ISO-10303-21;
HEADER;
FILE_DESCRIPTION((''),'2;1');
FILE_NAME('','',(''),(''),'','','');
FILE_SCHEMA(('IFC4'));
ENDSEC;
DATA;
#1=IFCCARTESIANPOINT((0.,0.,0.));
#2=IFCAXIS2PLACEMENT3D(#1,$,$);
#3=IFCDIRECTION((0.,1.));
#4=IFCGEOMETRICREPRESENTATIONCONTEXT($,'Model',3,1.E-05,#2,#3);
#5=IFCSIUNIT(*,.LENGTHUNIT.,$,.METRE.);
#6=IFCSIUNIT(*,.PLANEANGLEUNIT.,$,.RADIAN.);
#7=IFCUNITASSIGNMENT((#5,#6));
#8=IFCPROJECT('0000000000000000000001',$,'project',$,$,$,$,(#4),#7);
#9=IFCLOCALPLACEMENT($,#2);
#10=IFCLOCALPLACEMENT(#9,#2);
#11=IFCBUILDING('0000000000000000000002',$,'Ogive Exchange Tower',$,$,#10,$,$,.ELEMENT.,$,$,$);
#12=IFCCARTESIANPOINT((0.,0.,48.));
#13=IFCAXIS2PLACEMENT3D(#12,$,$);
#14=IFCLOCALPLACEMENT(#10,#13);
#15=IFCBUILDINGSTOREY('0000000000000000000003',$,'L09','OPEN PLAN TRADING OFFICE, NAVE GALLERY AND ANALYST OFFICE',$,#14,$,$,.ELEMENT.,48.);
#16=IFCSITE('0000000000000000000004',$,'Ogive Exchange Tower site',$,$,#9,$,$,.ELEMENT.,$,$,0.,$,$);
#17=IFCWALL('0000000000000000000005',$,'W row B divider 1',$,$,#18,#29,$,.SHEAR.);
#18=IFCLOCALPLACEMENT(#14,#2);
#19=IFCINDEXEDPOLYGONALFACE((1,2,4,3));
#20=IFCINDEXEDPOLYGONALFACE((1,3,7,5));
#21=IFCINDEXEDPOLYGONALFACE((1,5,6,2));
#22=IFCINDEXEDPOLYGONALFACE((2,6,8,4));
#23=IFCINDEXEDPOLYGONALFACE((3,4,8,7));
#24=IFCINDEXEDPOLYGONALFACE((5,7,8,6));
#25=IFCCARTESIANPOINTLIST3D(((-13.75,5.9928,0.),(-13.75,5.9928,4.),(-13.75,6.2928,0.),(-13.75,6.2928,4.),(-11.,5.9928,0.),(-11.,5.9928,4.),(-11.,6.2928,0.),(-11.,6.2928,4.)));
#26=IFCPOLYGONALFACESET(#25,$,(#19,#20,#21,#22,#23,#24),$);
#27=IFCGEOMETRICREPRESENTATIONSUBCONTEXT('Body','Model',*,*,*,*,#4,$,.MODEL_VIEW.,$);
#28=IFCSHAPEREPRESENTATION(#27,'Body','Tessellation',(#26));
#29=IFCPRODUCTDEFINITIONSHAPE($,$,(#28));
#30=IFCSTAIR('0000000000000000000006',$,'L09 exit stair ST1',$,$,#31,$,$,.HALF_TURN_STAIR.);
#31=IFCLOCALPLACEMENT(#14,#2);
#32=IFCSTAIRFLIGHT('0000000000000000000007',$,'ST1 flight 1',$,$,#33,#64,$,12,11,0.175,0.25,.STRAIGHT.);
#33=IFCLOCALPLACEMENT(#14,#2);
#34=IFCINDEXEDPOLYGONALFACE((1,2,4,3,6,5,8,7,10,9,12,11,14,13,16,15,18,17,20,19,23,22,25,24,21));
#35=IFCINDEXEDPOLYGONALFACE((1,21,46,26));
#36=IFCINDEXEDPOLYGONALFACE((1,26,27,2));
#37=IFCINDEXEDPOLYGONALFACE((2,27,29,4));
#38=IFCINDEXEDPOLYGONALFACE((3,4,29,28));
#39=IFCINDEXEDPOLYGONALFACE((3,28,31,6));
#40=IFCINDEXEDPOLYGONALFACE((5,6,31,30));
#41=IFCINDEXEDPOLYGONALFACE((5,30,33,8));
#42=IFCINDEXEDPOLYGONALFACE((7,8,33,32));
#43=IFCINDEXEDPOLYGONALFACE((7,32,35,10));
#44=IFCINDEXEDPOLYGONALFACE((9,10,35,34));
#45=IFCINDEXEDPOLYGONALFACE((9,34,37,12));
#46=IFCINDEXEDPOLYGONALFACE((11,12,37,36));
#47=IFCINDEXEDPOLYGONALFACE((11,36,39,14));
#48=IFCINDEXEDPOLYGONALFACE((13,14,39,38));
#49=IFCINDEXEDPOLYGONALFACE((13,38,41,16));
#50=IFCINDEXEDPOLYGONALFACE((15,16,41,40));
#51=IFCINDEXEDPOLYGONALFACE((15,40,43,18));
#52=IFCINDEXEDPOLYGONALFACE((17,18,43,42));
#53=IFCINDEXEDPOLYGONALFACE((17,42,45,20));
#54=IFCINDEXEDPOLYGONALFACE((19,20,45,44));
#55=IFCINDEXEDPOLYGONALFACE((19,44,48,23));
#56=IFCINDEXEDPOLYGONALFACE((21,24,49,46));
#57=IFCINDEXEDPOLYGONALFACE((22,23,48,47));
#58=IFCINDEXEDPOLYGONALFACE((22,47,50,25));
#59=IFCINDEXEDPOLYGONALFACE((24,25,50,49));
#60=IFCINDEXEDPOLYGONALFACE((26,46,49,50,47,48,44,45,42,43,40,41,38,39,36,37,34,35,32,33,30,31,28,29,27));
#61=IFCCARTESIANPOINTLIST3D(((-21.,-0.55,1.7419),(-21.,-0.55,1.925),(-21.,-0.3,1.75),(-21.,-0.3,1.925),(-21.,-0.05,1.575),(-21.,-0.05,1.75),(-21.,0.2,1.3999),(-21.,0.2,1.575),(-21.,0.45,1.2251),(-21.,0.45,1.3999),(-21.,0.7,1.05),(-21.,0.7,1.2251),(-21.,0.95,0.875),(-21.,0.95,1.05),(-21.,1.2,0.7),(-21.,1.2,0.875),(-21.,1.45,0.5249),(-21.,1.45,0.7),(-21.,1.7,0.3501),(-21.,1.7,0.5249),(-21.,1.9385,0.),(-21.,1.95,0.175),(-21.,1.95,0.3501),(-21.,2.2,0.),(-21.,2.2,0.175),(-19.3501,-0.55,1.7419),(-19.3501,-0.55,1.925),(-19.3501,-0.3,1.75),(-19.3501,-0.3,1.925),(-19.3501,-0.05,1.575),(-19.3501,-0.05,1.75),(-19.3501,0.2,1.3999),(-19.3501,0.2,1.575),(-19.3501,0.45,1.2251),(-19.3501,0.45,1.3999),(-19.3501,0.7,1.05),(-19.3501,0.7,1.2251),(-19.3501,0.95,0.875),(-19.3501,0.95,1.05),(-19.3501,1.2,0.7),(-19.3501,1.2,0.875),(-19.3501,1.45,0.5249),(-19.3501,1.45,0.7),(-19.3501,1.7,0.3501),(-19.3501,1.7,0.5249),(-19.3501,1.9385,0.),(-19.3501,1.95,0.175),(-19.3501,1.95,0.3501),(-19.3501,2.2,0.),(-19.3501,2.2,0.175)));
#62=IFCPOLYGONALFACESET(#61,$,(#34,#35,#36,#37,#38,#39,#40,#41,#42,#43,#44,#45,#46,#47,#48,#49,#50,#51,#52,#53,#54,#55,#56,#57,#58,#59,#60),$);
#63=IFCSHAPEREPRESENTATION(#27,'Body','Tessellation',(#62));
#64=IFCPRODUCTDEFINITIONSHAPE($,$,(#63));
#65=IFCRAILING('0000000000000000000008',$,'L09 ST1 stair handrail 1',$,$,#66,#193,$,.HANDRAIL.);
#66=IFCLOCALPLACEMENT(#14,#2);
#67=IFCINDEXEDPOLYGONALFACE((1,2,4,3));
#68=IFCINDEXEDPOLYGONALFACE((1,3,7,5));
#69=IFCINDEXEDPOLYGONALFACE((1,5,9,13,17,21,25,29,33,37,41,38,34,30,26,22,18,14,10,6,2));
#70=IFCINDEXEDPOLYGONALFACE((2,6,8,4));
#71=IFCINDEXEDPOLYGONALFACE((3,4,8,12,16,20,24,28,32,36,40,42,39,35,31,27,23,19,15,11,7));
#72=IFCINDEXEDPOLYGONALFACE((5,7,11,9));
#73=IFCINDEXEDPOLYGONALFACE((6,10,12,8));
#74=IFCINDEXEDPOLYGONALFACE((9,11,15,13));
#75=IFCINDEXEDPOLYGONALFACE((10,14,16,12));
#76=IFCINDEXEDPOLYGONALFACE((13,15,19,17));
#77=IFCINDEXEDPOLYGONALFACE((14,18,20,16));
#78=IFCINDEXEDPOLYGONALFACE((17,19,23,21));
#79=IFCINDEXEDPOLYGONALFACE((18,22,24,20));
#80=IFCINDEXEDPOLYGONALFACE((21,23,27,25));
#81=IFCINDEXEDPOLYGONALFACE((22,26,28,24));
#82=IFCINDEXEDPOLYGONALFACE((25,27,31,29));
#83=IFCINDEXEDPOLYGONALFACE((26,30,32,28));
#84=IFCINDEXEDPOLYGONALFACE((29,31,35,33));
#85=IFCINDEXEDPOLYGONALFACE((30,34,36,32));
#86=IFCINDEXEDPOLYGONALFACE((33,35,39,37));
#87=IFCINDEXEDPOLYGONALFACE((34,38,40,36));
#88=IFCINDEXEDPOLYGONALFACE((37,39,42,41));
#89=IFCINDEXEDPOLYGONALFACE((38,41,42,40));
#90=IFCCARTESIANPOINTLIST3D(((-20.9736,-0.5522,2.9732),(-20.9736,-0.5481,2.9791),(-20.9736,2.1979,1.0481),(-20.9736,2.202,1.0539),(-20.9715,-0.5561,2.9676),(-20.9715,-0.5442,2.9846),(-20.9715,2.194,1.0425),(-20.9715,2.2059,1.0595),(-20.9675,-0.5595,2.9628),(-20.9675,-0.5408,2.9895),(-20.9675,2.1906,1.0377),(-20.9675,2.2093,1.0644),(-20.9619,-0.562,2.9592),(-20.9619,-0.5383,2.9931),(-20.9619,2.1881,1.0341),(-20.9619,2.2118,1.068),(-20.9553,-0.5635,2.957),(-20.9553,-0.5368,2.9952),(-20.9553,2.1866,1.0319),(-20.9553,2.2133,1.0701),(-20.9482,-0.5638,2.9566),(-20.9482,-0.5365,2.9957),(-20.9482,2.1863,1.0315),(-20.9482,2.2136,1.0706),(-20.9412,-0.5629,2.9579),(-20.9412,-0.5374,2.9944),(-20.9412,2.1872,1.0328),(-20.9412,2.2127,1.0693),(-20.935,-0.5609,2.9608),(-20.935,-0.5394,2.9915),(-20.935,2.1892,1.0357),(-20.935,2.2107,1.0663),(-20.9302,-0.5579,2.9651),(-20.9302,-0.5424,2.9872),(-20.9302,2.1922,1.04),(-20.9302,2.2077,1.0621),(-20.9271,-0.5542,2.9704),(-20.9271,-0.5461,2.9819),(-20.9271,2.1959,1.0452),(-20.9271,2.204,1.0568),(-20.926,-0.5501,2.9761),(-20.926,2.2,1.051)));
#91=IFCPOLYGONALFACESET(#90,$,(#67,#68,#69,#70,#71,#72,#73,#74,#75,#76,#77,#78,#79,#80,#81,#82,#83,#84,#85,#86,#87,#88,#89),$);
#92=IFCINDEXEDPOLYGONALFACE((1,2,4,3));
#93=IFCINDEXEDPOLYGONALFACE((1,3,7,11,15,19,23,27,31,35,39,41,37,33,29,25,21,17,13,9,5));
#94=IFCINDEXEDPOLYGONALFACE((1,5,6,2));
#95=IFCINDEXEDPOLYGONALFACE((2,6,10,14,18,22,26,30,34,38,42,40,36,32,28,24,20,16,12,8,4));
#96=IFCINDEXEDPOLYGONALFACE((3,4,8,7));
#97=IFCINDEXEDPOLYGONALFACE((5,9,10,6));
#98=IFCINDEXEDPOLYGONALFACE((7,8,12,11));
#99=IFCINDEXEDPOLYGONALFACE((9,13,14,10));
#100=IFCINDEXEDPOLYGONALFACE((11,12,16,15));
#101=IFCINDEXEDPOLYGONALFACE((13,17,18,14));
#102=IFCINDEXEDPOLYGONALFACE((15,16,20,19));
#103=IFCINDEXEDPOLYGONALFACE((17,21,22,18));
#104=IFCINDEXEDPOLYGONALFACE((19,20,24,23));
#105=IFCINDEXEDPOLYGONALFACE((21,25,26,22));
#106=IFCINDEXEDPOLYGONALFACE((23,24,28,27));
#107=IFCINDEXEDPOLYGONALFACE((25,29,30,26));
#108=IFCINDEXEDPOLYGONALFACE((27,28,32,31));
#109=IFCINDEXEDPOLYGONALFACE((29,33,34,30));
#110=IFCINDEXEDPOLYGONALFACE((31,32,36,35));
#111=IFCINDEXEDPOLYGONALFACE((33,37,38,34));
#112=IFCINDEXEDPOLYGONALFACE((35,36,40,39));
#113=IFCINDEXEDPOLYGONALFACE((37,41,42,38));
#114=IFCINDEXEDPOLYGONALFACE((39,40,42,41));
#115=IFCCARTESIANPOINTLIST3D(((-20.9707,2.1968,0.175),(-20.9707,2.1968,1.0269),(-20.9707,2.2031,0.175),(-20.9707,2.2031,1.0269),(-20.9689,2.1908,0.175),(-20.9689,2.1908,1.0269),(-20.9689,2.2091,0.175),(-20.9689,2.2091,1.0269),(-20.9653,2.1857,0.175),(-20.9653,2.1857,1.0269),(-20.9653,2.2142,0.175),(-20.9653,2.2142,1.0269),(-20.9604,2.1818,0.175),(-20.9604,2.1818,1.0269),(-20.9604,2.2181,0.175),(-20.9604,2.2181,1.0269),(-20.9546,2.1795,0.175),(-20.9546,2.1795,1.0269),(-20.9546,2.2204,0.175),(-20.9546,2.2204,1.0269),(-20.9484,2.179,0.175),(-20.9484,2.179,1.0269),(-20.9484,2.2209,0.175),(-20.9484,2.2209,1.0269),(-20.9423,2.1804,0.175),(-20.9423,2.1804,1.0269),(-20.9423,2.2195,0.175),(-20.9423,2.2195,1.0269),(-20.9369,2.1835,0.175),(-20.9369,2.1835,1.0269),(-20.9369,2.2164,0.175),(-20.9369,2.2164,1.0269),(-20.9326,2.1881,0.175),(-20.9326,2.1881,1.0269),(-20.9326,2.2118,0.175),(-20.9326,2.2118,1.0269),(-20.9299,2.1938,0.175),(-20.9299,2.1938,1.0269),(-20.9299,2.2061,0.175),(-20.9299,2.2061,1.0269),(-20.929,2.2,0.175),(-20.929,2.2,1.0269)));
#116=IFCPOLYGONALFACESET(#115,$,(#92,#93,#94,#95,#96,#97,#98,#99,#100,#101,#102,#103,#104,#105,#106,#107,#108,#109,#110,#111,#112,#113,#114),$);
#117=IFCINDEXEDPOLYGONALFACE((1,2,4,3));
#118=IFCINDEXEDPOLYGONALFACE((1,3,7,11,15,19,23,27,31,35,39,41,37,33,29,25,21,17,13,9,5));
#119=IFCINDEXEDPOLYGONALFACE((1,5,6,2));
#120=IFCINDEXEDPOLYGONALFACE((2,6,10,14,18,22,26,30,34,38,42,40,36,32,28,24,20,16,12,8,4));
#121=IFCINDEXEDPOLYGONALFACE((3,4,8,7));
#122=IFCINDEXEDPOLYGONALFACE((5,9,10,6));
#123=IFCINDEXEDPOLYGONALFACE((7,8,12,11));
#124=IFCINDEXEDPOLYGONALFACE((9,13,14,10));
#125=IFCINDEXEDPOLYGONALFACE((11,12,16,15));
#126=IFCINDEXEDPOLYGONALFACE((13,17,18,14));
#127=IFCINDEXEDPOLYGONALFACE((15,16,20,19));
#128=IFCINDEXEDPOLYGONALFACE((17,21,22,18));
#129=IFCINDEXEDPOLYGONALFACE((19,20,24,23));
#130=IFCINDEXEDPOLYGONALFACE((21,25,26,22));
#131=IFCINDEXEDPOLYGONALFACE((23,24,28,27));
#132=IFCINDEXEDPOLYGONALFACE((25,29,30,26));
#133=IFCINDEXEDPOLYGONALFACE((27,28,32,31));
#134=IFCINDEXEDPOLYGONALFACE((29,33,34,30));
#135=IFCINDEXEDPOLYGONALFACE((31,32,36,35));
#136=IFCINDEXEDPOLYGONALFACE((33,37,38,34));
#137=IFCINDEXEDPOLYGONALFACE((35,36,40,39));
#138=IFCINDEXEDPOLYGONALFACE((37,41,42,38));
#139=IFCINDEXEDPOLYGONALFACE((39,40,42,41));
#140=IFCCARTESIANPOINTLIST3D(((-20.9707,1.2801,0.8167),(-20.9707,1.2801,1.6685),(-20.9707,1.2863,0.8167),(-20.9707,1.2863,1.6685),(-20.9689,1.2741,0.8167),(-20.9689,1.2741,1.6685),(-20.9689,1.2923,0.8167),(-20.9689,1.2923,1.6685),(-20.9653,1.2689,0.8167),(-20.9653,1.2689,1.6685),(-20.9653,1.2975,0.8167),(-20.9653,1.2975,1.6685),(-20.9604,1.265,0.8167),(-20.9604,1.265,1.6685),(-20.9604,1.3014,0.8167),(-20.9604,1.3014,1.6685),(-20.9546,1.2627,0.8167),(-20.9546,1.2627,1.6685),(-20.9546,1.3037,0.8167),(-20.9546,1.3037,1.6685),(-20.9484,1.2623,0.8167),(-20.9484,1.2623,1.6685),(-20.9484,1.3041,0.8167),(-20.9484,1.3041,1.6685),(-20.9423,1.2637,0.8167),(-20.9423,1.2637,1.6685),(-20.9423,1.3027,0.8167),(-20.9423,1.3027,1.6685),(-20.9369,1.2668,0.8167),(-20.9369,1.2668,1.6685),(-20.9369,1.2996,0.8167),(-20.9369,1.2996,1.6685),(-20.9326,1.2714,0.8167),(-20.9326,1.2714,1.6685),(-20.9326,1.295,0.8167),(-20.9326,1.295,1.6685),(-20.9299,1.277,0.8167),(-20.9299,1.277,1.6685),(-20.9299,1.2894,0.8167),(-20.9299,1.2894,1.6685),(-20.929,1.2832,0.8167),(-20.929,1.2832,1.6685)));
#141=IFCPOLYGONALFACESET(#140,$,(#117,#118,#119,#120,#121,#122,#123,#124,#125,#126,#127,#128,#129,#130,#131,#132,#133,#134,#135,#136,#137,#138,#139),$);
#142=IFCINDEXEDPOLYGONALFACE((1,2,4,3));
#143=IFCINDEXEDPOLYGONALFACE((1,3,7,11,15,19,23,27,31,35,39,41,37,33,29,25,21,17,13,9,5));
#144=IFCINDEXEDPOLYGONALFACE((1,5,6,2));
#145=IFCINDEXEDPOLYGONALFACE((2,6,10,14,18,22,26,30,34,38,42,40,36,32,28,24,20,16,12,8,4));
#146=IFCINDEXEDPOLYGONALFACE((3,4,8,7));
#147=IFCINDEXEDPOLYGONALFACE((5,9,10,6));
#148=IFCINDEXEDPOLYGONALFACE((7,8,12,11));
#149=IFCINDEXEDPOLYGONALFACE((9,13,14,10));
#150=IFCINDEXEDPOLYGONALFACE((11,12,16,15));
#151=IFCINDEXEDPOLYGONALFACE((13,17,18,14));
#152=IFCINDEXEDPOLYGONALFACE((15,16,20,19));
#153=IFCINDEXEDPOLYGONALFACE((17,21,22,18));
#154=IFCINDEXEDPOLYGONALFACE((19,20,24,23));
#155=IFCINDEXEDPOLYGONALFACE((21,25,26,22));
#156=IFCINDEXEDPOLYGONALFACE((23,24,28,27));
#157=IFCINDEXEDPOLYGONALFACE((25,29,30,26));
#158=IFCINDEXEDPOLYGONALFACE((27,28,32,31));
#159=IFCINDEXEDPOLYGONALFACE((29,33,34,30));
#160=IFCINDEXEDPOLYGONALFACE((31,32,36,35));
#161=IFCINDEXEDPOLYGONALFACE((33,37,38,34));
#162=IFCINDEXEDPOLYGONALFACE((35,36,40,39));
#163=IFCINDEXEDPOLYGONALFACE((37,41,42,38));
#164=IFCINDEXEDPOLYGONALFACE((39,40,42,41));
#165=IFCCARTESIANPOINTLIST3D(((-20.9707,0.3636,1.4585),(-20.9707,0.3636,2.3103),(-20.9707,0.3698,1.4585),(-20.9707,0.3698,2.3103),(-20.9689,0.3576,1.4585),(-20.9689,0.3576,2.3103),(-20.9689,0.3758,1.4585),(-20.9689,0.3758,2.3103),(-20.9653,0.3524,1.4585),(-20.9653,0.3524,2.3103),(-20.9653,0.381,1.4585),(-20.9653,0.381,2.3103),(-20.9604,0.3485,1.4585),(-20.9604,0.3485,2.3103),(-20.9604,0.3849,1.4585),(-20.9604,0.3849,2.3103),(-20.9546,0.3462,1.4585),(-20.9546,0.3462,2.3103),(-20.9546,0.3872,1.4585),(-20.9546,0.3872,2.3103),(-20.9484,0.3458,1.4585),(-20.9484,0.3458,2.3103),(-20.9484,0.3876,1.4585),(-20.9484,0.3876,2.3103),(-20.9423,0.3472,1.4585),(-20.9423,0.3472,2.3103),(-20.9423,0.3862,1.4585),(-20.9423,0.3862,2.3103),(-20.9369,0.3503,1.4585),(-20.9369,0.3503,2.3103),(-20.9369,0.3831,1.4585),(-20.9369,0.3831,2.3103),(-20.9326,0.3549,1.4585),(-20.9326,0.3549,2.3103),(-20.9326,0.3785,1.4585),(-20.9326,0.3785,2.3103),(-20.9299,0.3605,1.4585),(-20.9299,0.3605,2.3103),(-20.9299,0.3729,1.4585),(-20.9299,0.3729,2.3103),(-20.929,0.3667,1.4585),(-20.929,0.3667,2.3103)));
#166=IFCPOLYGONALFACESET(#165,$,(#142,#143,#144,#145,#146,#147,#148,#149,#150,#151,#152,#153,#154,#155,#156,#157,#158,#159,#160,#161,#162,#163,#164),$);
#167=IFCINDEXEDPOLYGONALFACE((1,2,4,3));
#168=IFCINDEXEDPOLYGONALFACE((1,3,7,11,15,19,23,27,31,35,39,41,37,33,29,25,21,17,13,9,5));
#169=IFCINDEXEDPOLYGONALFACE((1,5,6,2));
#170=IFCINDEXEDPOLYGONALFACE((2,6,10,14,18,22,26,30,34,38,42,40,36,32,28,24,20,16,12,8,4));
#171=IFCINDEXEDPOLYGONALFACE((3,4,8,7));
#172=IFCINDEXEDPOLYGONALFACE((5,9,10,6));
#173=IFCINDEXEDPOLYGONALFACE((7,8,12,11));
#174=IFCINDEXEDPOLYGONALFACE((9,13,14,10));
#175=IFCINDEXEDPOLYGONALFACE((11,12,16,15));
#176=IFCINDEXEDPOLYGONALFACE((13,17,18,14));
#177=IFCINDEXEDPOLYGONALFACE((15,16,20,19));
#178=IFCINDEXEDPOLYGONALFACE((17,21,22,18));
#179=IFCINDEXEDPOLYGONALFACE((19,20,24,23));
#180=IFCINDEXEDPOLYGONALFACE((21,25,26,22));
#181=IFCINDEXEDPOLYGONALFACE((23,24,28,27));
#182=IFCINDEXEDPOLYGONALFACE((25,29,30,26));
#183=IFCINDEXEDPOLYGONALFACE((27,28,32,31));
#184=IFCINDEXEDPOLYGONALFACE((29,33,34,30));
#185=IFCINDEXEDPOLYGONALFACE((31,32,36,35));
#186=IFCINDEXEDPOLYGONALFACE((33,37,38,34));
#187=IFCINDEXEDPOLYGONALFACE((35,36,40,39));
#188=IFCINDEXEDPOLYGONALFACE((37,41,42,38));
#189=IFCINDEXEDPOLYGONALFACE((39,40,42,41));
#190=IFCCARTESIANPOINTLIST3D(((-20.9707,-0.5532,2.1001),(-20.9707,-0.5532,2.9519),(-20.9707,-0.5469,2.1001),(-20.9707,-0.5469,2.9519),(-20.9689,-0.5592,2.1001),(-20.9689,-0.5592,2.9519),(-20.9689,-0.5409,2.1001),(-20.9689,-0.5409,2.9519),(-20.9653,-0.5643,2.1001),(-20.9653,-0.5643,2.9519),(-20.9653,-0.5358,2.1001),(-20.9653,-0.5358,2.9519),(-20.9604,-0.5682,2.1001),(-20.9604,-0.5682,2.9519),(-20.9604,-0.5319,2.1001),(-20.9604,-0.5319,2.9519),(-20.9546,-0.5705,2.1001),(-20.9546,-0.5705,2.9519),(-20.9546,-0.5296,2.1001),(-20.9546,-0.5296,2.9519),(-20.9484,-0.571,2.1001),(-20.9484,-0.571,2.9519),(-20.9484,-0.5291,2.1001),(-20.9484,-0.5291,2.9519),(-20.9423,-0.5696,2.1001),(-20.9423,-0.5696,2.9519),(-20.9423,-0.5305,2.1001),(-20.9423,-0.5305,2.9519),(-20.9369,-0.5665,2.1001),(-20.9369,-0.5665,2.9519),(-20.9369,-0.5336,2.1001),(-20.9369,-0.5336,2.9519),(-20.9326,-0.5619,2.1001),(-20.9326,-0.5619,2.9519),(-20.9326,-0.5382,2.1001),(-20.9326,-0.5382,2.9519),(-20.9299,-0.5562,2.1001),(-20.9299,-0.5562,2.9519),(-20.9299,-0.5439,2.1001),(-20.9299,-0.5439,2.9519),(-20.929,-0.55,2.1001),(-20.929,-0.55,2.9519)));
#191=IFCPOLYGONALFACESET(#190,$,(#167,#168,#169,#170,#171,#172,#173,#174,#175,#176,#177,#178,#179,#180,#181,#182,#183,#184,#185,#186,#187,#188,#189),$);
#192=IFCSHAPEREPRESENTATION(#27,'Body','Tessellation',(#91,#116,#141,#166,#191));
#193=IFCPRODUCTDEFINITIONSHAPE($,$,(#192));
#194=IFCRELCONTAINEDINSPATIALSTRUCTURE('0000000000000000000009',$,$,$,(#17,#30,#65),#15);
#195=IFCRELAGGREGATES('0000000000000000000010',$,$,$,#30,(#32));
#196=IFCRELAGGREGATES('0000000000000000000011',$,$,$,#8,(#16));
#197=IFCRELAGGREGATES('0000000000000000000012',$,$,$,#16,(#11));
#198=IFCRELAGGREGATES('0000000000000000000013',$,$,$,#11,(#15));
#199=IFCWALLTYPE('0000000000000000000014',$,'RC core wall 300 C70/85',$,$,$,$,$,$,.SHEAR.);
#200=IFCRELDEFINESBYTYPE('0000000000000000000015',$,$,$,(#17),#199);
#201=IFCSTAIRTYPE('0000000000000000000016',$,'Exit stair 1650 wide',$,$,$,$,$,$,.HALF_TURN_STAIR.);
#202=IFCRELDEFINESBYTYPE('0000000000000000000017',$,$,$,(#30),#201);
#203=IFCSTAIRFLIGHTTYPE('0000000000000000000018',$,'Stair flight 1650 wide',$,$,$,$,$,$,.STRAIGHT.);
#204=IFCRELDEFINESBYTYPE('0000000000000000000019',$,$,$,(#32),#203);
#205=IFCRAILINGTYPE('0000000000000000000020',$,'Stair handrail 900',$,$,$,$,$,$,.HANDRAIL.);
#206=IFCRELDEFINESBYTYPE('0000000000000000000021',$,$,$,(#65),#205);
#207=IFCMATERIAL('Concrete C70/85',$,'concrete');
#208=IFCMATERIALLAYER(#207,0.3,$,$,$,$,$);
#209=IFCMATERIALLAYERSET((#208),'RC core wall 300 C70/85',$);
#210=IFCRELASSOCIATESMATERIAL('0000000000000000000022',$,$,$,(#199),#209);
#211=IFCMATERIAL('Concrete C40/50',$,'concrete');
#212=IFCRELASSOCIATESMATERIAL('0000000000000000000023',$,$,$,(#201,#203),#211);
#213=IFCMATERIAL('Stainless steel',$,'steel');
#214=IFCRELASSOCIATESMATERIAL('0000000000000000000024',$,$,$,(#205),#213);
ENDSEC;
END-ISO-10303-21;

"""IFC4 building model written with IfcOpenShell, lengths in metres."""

from ifc_helpers import new_model, si_unit, direction, frame, frame_2d, origin, origin_2d, place, context, subcontext, project, spatial, polyline, rectangle, circle, outline, extrude, material, layer, layer_set, type_object, element, aggregate, save


model = new_model("IFC4")

# Units and contexts
model_context = context("Model", 3, precision=1e-05, world=origin(), true_north=direction((0.0, 1.0)))
body_context = subcontext(model_context, "Body", "Model", "MODEL_VIEW")
ifc_project = project(units=[si_unit("LENGTHUNIT", "METRE"), si_unit("PLANEANGLEUNIT", "RADIAN")], contexts=[model_context])

# Site, building, storey
site_placement = place(None, origin())
site = spatial("IfcSite", under=ifc_project, at=site_placement, Name="Ogive Exchange Tower site", CompositionType="ELEMENT", RefElevation=0.0)
building_placement = place(site_placement, origin())
building = spatial("IfcBuilding", under=site, at=building_placement, Name="Ogive Exchange Tower", CompositionType="ELEMENT")
storey_placement = place(building_placement, frame((0.0, 0.0, 48.0)))
storey = spatial("IfcBuildingStorey", under=building, at=storey_placement, Name="L09", Description="OPEN PLAN TRADING OFFICE, NAVE GALLERY AND ANALYST OFFICE", CompositionType="ELEMENT", Elevation=48.0)

# Shared definitions
ifc_material_1 = material(Name="Concrete C70/85", Category="concrete")

# Shared definitions
ifc_material_2 = material(Name="Stainless steel", Category="steel")

# Wall
ifc_layer_1 = layer(ifc_material_1, 0.3)
ifc_layer_set_1 = layer_set([ifc_layer_1], Name="RC core wall 300 C70/85")
wall_type_1 = type_object("IfcWallType", Name="RC core wall 300 C70/85", PredefinedType="SHEAR", material=ifc_layer_set_1)
wall_1_placement = place(storey_placement, frame((-13.75, 6.1428, 0.0), z_axis=(0.0, 0.0, 1.0), x_axis=(1.0, 0.0, 0.0)))
element("IfcWall", 1, at=wall_1_placement, inside=storey, type_object=wall_type_1, Name="W row B divider 1", PredefinedType="SHEAR", context=body_context, shape_type="SweptSolid", body=[
    extrude(rectangle(XDim=2.75, YDim=0.3, at=frame_2d((1.375, 0.0))), origin(), (0.0, 0.0, 1.0), 4.0),
])

# Stair, stair flight
ifc_material_3 = material(Name="Concrete C40/50", Category="concrete")
stair_type = type_object("IfcStairType", Name="Exit stair 1650 wide", PredefinedType="HALF_TURN_STAIR", material=ifc_material_3)
stair_placement = place(storey_placement, origin())
stair = element("IfcStair", 2, at=stair_placement, inside=storey, type_object=stair_type, Name="L09 exit stair ST1", PredefinedType="HALF_TURN_STAIR")
stair_flight_type = type_object("IfcStairFlightType", Name="Stair flight 1650 wide", PredefinedType="STRAIGHT", material=ifc_material_3)
stair_flight_placement = place(storey_placement, frame((-20.175, 2.2, 0.0), z_axis=(0.0, 0.0, 1.0), x_axis=(0.0, -1.0, 0.0)))
stair_flight = element("IfcStairFlight", 3, at=stair_flight_placement, type_object=stair_flight_type, Name="ST1 flight 1", NumberOfRisers=12, NumberOfTreads=11, PredefinedType="STRAIGHT", RiserHeight=0.175, TreadLength=0.25, context=body_context, shape_type="SweptSolid", body=[
    extrude(outline(polyline([(0.0, 0.0), (0.0, 0.175), (0.25, 0.175), (0.25, 0.3501), (0.5, 0.3501), (0.5, 0.5249), (0.75, 0.5249), (0.75, 0.7), (1.0, 0.7), (1.0, 0.875), (1.25, 0.875), (1.25, 1.05), (1.5, 1.05), (1.5, 1.2251), (1.75, 1.2251), (1.75, 1.3999), (2.0, 1.3999), (2.0, 1.575), (2.25, 1.575), (2.25, 1.75), (2.5, 1.75), (2.5, 1.925), (2.75, 1.925), (2.75, 2.1001), (2.75, 1.7419), (0.2615, 0.0), (0.0, 0.0)])), frame((0.0, 0.825, 0.0), z_axis=(0.0, -1.0, 0.0), x_axis=(1.0, 0.0, 0.0)), (0.0, 0.0, 1.0), 1.6499),
])
aggregate(stair, [stair_flight])

# Railing
railing_type = type_object("IfcRailingType", Name="Stair handrail 900", PredefinedType="HANDRAIL", material=ifc_material_2)
railing_placement = place(storey_placement, frame((-20.95, 2.2, 0.175)))
element("IfcRailing", 4, at=railing_placement, inside=storey, type_object=railing_type, Name="L09 ST1 stair handrail 1", PredefinedType="HANDRAIL", context=body_context, shape_type="SweptSolid", body=[
    extrude(circle(Radius=0.0239, at=origin_2d()), frame((0.0, 0.0, 0.876), z_axis=(0.0, -0.819225, 0.573472), x_axis=(1.0, 0.0, 0.0)), (0.0, 0.0, 1.0), 3.3569),
    extrude(circle(Radius=0.021, at=origin_2d()), origin(), (0.0, 0.0, 1.0), 0.8518),
    extrude(circle(Radius=0.021, at=origin_2d()), frame((0.0, -0.9167, 0.6416)), (0.0, 0.0, 1.0), 0.8518),
    extrude(circle(Radius=0.021, at=origin_2d()), frame((0.0, -1.8333, 1.2834)), (0.0, 0.0, 1.0), 0.8518),
    extrude(circle(Radius=0.021, at=origin_2d()), frame((0.0, -2.75, 1.925)), (0.0, 0.0, 1.0), 0.8518),
])

save(model, "model.ifc")
